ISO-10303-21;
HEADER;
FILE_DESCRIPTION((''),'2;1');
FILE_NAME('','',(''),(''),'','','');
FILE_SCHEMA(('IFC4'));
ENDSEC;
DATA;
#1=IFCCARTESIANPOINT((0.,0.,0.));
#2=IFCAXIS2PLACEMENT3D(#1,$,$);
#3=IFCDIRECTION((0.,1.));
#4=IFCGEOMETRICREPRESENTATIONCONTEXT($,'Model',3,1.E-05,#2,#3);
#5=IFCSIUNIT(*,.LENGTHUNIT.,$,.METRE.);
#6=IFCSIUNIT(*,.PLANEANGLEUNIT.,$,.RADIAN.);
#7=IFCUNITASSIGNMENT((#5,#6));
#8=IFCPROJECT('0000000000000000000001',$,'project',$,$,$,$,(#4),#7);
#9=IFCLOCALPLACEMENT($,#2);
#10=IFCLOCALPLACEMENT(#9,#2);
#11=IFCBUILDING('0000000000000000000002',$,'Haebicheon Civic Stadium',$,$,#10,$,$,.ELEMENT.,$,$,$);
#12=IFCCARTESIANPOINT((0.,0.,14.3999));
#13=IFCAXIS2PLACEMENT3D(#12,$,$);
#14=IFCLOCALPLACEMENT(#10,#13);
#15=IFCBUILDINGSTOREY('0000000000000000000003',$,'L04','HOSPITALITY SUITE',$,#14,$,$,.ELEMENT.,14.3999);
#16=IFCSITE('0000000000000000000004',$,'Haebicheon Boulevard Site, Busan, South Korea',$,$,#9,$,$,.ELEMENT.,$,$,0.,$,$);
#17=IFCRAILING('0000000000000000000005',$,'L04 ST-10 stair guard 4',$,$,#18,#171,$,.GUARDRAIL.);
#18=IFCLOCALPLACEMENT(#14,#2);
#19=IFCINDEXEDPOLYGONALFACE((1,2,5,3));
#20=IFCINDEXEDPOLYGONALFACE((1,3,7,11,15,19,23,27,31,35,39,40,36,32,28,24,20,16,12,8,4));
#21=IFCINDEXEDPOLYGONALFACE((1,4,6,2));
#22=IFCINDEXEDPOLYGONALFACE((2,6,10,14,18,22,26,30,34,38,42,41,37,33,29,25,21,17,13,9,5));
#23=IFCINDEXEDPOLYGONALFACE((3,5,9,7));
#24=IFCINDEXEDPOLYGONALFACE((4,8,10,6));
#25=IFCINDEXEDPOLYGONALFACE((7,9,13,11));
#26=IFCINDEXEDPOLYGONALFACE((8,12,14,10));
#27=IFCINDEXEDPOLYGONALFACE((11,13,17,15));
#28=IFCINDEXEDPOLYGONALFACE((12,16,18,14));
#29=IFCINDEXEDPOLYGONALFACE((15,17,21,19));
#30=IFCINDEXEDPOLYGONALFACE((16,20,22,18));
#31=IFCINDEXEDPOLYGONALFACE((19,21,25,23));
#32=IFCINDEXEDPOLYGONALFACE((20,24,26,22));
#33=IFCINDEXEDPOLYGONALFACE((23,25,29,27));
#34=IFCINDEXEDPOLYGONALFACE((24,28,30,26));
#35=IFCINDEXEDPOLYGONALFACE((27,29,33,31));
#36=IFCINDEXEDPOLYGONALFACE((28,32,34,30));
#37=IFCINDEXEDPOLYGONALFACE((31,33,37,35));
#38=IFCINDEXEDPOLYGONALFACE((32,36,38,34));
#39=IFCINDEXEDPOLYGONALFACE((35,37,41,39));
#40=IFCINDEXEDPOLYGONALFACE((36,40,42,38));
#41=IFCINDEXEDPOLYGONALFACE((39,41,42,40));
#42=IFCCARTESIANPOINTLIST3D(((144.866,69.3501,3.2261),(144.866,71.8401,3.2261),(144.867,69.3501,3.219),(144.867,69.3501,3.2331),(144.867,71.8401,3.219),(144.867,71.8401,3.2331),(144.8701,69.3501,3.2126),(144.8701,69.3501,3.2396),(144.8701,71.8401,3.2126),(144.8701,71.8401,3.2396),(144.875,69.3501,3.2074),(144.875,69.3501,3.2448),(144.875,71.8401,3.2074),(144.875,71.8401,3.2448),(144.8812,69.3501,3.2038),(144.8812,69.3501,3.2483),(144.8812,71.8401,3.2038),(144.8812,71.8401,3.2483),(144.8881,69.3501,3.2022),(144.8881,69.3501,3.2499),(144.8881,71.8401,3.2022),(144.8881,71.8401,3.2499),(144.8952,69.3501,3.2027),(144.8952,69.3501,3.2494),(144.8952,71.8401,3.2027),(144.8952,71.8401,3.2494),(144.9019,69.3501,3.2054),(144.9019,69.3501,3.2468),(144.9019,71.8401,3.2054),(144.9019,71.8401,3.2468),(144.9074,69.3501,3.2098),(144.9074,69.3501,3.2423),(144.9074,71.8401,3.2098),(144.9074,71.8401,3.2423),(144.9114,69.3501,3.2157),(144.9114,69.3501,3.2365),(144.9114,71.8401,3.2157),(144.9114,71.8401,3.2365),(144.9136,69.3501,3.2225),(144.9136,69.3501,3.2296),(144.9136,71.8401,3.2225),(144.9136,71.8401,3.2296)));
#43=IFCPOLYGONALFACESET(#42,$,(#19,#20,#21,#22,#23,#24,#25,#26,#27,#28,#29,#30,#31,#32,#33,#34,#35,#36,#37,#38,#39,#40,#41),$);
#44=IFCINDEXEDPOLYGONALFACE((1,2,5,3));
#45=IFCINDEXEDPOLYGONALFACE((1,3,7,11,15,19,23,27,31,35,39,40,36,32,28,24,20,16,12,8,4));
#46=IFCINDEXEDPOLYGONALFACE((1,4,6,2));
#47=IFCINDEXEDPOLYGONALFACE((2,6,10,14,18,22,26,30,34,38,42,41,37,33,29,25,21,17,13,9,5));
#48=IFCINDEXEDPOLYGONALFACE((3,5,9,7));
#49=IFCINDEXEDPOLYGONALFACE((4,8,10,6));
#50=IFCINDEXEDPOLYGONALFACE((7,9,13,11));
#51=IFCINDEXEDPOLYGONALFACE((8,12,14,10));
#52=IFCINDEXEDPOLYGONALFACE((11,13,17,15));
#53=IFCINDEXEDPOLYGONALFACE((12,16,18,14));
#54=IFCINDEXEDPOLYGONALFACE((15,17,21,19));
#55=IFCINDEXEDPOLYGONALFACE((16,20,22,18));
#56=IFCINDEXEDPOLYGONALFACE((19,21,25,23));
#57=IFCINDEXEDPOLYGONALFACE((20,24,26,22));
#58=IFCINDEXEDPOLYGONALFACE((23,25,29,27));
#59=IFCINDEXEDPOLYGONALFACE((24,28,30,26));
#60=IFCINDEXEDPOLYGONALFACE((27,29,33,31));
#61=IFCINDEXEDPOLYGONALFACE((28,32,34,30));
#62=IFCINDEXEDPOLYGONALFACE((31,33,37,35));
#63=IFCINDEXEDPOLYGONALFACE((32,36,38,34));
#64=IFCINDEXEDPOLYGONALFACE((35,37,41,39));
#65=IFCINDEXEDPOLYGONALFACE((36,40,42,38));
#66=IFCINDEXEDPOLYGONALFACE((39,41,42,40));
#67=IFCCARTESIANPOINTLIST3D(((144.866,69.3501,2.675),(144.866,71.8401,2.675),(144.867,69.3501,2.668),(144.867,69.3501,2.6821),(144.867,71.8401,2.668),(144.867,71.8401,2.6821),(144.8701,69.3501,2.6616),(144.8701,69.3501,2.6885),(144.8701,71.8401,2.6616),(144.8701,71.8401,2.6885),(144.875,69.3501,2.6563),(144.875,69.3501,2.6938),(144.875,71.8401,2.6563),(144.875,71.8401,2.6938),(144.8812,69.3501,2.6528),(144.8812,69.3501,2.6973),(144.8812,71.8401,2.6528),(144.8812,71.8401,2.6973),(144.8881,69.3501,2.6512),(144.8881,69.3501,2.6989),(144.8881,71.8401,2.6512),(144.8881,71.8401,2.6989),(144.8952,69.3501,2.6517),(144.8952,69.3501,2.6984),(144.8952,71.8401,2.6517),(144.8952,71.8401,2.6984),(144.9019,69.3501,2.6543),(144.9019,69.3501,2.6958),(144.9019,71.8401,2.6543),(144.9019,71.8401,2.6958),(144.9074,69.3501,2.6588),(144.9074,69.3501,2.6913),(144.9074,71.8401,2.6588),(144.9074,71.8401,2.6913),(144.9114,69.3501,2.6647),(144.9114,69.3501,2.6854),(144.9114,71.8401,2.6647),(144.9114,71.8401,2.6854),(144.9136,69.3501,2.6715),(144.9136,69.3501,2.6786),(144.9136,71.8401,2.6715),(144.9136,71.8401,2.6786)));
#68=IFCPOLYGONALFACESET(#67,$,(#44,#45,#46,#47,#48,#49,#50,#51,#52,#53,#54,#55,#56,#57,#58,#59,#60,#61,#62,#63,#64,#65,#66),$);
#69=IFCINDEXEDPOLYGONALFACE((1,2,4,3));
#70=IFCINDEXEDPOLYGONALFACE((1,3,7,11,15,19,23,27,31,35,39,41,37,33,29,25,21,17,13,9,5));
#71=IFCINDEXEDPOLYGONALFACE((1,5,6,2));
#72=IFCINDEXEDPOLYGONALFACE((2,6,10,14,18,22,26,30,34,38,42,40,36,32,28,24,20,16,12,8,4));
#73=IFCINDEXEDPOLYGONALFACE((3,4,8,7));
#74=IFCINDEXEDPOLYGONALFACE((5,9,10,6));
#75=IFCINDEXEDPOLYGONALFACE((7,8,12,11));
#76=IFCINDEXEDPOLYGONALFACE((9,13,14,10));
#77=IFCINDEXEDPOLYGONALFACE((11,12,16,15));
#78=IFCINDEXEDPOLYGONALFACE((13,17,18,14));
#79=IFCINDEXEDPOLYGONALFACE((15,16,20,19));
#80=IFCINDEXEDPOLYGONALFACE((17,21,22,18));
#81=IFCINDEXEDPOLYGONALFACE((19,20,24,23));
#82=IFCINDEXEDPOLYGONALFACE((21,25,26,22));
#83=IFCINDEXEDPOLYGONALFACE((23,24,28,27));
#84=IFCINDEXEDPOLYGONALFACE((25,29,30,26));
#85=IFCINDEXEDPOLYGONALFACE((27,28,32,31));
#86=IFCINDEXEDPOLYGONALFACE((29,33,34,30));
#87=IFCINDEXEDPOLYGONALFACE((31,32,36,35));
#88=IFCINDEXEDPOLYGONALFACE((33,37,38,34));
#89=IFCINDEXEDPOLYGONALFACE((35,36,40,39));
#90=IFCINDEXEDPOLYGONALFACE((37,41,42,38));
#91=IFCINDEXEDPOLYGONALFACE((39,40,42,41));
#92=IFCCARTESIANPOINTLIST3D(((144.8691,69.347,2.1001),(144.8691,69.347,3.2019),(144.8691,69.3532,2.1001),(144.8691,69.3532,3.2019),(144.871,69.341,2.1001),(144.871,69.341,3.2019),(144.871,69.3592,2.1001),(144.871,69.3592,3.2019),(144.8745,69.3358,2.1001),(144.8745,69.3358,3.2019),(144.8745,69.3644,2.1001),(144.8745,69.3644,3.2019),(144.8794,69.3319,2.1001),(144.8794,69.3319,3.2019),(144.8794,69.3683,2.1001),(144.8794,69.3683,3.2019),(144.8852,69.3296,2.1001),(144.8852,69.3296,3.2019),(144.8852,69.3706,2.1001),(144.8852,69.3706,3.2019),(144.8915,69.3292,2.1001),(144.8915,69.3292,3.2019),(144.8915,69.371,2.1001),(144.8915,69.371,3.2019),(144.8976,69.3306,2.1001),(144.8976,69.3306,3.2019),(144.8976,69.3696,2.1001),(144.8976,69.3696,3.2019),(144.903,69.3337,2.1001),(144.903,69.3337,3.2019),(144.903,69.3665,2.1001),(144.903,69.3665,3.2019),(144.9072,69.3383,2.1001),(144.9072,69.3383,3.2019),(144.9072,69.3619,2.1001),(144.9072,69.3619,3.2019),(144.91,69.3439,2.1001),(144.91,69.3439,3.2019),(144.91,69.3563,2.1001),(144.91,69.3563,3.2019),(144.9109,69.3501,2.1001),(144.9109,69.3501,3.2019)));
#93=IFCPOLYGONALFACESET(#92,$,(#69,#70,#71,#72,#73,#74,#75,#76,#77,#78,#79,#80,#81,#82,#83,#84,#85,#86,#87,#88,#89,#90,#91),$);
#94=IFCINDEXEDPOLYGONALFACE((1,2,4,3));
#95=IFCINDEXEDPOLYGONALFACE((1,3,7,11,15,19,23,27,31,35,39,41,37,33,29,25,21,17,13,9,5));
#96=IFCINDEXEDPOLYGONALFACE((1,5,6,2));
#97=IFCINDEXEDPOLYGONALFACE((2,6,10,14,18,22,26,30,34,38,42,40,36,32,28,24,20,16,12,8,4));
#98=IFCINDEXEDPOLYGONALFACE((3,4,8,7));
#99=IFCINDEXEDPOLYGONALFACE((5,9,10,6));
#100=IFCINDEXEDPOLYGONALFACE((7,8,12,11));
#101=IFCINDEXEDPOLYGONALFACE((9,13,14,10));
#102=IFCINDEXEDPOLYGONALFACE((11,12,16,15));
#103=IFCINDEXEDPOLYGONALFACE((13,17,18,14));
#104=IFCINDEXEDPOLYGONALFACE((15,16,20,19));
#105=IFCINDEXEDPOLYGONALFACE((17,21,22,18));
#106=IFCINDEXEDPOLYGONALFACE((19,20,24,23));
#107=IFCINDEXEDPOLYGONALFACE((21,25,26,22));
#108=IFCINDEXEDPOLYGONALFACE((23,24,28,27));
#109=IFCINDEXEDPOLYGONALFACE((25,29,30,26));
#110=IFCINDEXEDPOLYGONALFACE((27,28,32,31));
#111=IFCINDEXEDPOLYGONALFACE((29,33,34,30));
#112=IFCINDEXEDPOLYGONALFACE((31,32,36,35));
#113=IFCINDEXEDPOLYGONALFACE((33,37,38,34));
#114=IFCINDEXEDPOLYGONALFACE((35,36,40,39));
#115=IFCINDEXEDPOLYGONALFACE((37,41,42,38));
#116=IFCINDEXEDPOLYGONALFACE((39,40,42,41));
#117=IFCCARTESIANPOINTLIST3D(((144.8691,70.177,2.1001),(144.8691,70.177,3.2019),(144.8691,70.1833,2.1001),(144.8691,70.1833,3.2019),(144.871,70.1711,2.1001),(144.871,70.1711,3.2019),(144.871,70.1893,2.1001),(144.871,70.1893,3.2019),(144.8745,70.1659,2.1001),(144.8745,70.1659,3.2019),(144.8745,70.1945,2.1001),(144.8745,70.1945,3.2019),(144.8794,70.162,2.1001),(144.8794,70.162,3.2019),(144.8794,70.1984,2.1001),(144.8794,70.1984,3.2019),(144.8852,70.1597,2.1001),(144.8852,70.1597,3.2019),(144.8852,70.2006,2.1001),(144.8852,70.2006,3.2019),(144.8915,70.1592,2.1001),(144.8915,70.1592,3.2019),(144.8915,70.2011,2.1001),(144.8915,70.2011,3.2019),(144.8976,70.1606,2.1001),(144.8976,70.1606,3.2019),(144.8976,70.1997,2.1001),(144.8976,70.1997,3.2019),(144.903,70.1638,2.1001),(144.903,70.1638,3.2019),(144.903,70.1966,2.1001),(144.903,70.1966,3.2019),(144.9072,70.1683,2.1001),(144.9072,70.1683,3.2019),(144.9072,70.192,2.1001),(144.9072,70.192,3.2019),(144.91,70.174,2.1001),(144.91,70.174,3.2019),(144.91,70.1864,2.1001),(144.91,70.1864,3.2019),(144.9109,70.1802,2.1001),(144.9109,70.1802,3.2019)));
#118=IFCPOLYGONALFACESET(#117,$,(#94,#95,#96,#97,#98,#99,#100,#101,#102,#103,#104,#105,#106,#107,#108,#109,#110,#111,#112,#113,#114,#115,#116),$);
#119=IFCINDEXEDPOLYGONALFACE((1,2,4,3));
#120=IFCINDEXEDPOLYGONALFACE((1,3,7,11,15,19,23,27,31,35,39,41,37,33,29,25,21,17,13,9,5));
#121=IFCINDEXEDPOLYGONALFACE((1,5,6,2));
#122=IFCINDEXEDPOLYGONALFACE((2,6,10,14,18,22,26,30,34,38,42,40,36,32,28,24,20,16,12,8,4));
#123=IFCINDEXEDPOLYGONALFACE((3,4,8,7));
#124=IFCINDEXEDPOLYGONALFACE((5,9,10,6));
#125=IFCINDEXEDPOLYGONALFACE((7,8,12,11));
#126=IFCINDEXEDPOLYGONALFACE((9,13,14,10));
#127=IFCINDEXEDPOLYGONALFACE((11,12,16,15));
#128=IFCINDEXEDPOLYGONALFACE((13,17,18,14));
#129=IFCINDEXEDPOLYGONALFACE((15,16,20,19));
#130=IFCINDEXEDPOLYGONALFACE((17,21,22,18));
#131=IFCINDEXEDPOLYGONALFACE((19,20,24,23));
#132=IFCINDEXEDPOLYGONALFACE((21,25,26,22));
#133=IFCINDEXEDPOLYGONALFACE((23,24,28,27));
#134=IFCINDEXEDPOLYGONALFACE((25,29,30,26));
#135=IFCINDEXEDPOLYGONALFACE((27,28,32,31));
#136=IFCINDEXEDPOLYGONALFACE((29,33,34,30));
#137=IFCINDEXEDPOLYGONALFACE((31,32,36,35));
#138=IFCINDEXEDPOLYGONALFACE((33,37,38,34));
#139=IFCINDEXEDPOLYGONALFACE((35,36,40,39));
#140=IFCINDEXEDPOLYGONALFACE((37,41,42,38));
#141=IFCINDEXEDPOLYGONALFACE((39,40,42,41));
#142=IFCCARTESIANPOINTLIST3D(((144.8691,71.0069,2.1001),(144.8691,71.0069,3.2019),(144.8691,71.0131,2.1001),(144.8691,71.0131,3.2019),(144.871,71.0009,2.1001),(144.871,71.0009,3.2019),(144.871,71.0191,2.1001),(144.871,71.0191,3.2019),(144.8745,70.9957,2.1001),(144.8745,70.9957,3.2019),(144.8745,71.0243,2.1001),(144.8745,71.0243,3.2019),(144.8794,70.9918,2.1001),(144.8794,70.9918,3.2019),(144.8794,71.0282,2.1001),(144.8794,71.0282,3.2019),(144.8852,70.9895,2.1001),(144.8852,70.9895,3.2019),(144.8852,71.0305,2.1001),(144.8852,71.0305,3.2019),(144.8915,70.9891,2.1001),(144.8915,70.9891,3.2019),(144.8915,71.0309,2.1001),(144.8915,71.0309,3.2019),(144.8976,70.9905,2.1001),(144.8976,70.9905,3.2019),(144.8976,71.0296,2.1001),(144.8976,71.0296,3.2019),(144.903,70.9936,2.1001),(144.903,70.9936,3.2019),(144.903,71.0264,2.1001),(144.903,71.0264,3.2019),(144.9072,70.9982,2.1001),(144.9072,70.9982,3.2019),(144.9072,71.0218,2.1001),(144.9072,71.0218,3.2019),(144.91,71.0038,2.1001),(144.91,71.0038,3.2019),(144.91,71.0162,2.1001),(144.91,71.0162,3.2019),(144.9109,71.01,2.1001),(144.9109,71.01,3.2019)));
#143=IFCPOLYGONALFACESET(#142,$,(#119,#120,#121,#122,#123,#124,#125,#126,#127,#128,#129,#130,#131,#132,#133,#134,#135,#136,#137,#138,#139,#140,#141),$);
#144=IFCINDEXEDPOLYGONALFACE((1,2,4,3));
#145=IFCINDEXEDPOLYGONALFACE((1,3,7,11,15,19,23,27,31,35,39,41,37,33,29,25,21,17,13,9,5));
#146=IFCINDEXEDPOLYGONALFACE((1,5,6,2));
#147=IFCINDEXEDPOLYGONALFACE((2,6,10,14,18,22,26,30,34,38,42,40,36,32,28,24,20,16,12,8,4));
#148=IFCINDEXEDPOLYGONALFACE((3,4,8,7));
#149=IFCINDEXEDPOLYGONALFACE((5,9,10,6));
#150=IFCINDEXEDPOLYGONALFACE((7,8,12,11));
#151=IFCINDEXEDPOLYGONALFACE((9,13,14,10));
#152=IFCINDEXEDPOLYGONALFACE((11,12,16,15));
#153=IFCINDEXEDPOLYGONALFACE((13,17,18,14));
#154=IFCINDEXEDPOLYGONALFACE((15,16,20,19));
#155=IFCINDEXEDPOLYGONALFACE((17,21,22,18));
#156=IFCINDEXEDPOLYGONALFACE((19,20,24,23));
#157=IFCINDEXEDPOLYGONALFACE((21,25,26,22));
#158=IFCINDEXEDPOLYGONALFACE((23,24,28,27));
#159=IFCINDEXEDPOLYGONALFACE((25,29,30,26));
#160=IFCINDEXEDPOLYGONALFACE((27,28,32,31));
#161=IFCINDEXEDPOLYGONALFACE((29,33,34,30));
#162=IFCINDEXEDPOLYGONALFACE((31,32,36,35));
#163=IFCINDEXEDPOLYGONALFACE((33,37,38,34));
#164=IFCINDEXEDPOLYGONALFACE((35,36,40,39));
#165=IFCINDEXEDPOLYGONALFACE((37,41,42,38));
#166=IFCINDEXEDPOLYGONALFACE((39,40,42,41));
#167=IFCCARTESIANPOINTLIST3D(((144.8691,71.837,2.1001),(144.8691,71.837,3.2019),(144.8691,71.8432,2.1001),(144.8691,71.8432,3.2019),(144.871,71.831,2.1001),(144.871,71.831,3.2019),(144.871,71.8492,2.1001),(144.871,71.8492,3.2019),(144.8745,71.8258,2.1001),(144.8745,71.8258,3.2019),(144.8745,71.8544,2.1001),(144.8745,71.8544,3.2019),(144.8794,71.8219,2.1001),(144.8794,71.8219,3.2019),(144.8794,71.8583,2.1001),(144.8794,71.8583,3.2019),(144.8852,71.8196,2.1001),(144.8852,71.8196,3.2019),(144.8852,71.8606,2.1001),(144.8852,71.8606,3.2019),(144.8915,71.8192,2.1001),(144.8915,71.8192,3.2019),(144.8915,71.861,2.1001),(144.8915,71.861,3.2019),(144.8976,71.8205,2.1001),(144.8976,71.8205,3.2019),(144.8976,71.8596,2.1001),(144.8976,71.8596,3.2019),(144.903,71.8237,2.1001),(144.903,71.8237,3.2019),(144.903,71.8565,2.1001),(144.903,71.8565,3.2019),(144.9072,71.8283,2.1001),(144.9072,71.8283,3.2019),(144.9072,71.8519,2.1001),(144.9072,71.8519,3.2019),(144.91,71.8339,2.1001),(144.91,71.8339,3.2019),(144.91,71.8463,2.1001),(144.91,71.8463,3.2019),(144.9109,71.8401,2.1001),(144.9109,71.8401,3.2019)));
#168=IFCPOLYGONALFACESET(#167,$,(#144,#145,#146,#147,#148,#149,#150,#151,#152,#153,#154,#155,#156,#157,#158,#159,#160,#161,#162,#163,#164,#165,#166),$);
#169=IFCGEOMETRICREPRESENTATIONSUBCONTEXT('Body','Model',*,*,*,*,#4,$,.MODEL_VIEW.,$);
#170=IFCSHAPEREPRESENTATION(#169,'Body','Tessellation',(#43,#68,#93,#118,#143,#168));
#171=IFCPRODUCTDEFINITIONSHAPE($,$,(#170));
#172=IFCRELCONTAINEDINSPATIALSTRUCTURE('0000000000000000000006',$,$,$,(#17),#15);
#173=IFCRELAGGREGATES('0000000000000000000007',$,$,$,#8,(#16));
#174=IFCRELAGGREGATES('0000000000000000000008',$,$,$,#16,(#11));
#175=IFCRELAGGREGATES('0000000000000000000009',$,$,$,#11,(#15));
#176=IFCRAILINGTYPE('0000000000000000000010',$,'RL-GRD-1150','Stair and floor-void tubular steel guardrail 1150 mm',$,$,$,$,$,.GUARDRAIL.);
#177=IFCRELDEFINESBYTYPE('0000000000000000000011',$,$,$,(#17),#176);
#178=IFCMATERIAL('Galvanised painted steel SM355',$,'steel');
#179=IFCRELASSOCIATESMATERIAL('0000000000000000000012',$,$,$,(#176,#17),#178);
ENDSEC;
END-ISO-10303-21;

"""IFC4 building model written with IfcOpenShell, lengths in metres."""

from ifc_helpers import new_model, si_unit, direction, frame, origin, origin_2d, place, context, subcontext, project, spatial, circle, extrude, material, type_object, element, save


model = new_model("IFC4")

# Units and contexts
model_context = context("Model", 3, precision=1e-05, world=origin(), true_north=direction((0.0, 1.0)))
body_context = subcontext(model_context, "Body", "Model", "MODEL_VIEW")
ifc_project = project(units=[si_unit("LENGTHUNIT", "METRE"), si_unit("PLANEANGLEUNIT", "RADIAN")], contexts=[model_context])

# Site, building, storey
site_placement = place(None, origin())
site = spatial("IfcSite", under=ifc_project, at=site_placement, Name="Haebicheon Boulevard Site, Busan, South Korea", CompositionType="ELEMENT", RefElevation=0.0)
building_placement = place(site_placement, origin())
building = spatial("IfcBuilding", under=site, at=building_placement, Name="Haebicheon Civic Stadium", CompositionType="ELEMENT")
storey_placement = place(building_placement, frame((0.0, 0.0, 14.3999)))
storey = spatial("IfcBuildingStorey", under=building, at=storey_placement, Name="L04", Description="HOSPITALITY SUITE", CompositionType="ELEMENT", Elevation=14.3999)

# Railing
ifc_material_1 = material(Name="Galvanised painted steel SM355", Category="steel")
railing_type_1 = type_object("IfcRailingType", Name="RL-GRD-1150", Description="Stair and floor-void tubular steel guardrail 1150 mm", PredefinedType="GUARDRAIL", material=ifc_material_1)
for number, where, name in (
    (1, (144.8899, 69.3501, 2.1001), "L04 ST-10 stair guard 4"),
):
    element("IfcRailing", number, at=place(storey_placement, frame(where)), inside=storey, type_object=railing_type_1, material=ifc_material_1, Name=name, PredefinedType="GUARDRAIL", context=body_context, shape_type="SweptSolid", body=[
        extrude(circle(Radius=0.0239, at=origin_2d()), frame((0.0, 0.0, 1.126), z_axis=(0.0, 1.0, 0.0), x_axis=(-1.0, 0.0, 0.0)), (0.0, 0.0, 1.0), 2.49),
        extrude(circle(Radius=0.0239, at=origin_2d()), frame((0.0, 0.0, 0.575), z_axis=(0.0, 1.0, 0.0), x_axis=(-1.0, 0.0, 0.0)), (0.0, 0.0, 1.0), 2.49),
        extrude(circle(Radius=0.021, at=origin_2d()), origin(), (0.0, 0.0, 1.0), 1.1018),
        extrude(circle(Radius=0.021, at=origin_2d()), frame((0.0, 0.8301, 0.0)), (0.0, 0.0, 1.0), 1.1018),
        extrude(circle(Radius=0.021, at=origin_2d()), frame((0.0, 1.6599, 0.0)), (0.0, 0.0, 1.0), 1.1018),
        extrude(circle(Radius=0.021, at=origin_2d()), frame((0.0, 2.49, 0.0)), (0.0, 0.0, 1.0), 1.1018),
    ])

save(model, "model.ifc")
